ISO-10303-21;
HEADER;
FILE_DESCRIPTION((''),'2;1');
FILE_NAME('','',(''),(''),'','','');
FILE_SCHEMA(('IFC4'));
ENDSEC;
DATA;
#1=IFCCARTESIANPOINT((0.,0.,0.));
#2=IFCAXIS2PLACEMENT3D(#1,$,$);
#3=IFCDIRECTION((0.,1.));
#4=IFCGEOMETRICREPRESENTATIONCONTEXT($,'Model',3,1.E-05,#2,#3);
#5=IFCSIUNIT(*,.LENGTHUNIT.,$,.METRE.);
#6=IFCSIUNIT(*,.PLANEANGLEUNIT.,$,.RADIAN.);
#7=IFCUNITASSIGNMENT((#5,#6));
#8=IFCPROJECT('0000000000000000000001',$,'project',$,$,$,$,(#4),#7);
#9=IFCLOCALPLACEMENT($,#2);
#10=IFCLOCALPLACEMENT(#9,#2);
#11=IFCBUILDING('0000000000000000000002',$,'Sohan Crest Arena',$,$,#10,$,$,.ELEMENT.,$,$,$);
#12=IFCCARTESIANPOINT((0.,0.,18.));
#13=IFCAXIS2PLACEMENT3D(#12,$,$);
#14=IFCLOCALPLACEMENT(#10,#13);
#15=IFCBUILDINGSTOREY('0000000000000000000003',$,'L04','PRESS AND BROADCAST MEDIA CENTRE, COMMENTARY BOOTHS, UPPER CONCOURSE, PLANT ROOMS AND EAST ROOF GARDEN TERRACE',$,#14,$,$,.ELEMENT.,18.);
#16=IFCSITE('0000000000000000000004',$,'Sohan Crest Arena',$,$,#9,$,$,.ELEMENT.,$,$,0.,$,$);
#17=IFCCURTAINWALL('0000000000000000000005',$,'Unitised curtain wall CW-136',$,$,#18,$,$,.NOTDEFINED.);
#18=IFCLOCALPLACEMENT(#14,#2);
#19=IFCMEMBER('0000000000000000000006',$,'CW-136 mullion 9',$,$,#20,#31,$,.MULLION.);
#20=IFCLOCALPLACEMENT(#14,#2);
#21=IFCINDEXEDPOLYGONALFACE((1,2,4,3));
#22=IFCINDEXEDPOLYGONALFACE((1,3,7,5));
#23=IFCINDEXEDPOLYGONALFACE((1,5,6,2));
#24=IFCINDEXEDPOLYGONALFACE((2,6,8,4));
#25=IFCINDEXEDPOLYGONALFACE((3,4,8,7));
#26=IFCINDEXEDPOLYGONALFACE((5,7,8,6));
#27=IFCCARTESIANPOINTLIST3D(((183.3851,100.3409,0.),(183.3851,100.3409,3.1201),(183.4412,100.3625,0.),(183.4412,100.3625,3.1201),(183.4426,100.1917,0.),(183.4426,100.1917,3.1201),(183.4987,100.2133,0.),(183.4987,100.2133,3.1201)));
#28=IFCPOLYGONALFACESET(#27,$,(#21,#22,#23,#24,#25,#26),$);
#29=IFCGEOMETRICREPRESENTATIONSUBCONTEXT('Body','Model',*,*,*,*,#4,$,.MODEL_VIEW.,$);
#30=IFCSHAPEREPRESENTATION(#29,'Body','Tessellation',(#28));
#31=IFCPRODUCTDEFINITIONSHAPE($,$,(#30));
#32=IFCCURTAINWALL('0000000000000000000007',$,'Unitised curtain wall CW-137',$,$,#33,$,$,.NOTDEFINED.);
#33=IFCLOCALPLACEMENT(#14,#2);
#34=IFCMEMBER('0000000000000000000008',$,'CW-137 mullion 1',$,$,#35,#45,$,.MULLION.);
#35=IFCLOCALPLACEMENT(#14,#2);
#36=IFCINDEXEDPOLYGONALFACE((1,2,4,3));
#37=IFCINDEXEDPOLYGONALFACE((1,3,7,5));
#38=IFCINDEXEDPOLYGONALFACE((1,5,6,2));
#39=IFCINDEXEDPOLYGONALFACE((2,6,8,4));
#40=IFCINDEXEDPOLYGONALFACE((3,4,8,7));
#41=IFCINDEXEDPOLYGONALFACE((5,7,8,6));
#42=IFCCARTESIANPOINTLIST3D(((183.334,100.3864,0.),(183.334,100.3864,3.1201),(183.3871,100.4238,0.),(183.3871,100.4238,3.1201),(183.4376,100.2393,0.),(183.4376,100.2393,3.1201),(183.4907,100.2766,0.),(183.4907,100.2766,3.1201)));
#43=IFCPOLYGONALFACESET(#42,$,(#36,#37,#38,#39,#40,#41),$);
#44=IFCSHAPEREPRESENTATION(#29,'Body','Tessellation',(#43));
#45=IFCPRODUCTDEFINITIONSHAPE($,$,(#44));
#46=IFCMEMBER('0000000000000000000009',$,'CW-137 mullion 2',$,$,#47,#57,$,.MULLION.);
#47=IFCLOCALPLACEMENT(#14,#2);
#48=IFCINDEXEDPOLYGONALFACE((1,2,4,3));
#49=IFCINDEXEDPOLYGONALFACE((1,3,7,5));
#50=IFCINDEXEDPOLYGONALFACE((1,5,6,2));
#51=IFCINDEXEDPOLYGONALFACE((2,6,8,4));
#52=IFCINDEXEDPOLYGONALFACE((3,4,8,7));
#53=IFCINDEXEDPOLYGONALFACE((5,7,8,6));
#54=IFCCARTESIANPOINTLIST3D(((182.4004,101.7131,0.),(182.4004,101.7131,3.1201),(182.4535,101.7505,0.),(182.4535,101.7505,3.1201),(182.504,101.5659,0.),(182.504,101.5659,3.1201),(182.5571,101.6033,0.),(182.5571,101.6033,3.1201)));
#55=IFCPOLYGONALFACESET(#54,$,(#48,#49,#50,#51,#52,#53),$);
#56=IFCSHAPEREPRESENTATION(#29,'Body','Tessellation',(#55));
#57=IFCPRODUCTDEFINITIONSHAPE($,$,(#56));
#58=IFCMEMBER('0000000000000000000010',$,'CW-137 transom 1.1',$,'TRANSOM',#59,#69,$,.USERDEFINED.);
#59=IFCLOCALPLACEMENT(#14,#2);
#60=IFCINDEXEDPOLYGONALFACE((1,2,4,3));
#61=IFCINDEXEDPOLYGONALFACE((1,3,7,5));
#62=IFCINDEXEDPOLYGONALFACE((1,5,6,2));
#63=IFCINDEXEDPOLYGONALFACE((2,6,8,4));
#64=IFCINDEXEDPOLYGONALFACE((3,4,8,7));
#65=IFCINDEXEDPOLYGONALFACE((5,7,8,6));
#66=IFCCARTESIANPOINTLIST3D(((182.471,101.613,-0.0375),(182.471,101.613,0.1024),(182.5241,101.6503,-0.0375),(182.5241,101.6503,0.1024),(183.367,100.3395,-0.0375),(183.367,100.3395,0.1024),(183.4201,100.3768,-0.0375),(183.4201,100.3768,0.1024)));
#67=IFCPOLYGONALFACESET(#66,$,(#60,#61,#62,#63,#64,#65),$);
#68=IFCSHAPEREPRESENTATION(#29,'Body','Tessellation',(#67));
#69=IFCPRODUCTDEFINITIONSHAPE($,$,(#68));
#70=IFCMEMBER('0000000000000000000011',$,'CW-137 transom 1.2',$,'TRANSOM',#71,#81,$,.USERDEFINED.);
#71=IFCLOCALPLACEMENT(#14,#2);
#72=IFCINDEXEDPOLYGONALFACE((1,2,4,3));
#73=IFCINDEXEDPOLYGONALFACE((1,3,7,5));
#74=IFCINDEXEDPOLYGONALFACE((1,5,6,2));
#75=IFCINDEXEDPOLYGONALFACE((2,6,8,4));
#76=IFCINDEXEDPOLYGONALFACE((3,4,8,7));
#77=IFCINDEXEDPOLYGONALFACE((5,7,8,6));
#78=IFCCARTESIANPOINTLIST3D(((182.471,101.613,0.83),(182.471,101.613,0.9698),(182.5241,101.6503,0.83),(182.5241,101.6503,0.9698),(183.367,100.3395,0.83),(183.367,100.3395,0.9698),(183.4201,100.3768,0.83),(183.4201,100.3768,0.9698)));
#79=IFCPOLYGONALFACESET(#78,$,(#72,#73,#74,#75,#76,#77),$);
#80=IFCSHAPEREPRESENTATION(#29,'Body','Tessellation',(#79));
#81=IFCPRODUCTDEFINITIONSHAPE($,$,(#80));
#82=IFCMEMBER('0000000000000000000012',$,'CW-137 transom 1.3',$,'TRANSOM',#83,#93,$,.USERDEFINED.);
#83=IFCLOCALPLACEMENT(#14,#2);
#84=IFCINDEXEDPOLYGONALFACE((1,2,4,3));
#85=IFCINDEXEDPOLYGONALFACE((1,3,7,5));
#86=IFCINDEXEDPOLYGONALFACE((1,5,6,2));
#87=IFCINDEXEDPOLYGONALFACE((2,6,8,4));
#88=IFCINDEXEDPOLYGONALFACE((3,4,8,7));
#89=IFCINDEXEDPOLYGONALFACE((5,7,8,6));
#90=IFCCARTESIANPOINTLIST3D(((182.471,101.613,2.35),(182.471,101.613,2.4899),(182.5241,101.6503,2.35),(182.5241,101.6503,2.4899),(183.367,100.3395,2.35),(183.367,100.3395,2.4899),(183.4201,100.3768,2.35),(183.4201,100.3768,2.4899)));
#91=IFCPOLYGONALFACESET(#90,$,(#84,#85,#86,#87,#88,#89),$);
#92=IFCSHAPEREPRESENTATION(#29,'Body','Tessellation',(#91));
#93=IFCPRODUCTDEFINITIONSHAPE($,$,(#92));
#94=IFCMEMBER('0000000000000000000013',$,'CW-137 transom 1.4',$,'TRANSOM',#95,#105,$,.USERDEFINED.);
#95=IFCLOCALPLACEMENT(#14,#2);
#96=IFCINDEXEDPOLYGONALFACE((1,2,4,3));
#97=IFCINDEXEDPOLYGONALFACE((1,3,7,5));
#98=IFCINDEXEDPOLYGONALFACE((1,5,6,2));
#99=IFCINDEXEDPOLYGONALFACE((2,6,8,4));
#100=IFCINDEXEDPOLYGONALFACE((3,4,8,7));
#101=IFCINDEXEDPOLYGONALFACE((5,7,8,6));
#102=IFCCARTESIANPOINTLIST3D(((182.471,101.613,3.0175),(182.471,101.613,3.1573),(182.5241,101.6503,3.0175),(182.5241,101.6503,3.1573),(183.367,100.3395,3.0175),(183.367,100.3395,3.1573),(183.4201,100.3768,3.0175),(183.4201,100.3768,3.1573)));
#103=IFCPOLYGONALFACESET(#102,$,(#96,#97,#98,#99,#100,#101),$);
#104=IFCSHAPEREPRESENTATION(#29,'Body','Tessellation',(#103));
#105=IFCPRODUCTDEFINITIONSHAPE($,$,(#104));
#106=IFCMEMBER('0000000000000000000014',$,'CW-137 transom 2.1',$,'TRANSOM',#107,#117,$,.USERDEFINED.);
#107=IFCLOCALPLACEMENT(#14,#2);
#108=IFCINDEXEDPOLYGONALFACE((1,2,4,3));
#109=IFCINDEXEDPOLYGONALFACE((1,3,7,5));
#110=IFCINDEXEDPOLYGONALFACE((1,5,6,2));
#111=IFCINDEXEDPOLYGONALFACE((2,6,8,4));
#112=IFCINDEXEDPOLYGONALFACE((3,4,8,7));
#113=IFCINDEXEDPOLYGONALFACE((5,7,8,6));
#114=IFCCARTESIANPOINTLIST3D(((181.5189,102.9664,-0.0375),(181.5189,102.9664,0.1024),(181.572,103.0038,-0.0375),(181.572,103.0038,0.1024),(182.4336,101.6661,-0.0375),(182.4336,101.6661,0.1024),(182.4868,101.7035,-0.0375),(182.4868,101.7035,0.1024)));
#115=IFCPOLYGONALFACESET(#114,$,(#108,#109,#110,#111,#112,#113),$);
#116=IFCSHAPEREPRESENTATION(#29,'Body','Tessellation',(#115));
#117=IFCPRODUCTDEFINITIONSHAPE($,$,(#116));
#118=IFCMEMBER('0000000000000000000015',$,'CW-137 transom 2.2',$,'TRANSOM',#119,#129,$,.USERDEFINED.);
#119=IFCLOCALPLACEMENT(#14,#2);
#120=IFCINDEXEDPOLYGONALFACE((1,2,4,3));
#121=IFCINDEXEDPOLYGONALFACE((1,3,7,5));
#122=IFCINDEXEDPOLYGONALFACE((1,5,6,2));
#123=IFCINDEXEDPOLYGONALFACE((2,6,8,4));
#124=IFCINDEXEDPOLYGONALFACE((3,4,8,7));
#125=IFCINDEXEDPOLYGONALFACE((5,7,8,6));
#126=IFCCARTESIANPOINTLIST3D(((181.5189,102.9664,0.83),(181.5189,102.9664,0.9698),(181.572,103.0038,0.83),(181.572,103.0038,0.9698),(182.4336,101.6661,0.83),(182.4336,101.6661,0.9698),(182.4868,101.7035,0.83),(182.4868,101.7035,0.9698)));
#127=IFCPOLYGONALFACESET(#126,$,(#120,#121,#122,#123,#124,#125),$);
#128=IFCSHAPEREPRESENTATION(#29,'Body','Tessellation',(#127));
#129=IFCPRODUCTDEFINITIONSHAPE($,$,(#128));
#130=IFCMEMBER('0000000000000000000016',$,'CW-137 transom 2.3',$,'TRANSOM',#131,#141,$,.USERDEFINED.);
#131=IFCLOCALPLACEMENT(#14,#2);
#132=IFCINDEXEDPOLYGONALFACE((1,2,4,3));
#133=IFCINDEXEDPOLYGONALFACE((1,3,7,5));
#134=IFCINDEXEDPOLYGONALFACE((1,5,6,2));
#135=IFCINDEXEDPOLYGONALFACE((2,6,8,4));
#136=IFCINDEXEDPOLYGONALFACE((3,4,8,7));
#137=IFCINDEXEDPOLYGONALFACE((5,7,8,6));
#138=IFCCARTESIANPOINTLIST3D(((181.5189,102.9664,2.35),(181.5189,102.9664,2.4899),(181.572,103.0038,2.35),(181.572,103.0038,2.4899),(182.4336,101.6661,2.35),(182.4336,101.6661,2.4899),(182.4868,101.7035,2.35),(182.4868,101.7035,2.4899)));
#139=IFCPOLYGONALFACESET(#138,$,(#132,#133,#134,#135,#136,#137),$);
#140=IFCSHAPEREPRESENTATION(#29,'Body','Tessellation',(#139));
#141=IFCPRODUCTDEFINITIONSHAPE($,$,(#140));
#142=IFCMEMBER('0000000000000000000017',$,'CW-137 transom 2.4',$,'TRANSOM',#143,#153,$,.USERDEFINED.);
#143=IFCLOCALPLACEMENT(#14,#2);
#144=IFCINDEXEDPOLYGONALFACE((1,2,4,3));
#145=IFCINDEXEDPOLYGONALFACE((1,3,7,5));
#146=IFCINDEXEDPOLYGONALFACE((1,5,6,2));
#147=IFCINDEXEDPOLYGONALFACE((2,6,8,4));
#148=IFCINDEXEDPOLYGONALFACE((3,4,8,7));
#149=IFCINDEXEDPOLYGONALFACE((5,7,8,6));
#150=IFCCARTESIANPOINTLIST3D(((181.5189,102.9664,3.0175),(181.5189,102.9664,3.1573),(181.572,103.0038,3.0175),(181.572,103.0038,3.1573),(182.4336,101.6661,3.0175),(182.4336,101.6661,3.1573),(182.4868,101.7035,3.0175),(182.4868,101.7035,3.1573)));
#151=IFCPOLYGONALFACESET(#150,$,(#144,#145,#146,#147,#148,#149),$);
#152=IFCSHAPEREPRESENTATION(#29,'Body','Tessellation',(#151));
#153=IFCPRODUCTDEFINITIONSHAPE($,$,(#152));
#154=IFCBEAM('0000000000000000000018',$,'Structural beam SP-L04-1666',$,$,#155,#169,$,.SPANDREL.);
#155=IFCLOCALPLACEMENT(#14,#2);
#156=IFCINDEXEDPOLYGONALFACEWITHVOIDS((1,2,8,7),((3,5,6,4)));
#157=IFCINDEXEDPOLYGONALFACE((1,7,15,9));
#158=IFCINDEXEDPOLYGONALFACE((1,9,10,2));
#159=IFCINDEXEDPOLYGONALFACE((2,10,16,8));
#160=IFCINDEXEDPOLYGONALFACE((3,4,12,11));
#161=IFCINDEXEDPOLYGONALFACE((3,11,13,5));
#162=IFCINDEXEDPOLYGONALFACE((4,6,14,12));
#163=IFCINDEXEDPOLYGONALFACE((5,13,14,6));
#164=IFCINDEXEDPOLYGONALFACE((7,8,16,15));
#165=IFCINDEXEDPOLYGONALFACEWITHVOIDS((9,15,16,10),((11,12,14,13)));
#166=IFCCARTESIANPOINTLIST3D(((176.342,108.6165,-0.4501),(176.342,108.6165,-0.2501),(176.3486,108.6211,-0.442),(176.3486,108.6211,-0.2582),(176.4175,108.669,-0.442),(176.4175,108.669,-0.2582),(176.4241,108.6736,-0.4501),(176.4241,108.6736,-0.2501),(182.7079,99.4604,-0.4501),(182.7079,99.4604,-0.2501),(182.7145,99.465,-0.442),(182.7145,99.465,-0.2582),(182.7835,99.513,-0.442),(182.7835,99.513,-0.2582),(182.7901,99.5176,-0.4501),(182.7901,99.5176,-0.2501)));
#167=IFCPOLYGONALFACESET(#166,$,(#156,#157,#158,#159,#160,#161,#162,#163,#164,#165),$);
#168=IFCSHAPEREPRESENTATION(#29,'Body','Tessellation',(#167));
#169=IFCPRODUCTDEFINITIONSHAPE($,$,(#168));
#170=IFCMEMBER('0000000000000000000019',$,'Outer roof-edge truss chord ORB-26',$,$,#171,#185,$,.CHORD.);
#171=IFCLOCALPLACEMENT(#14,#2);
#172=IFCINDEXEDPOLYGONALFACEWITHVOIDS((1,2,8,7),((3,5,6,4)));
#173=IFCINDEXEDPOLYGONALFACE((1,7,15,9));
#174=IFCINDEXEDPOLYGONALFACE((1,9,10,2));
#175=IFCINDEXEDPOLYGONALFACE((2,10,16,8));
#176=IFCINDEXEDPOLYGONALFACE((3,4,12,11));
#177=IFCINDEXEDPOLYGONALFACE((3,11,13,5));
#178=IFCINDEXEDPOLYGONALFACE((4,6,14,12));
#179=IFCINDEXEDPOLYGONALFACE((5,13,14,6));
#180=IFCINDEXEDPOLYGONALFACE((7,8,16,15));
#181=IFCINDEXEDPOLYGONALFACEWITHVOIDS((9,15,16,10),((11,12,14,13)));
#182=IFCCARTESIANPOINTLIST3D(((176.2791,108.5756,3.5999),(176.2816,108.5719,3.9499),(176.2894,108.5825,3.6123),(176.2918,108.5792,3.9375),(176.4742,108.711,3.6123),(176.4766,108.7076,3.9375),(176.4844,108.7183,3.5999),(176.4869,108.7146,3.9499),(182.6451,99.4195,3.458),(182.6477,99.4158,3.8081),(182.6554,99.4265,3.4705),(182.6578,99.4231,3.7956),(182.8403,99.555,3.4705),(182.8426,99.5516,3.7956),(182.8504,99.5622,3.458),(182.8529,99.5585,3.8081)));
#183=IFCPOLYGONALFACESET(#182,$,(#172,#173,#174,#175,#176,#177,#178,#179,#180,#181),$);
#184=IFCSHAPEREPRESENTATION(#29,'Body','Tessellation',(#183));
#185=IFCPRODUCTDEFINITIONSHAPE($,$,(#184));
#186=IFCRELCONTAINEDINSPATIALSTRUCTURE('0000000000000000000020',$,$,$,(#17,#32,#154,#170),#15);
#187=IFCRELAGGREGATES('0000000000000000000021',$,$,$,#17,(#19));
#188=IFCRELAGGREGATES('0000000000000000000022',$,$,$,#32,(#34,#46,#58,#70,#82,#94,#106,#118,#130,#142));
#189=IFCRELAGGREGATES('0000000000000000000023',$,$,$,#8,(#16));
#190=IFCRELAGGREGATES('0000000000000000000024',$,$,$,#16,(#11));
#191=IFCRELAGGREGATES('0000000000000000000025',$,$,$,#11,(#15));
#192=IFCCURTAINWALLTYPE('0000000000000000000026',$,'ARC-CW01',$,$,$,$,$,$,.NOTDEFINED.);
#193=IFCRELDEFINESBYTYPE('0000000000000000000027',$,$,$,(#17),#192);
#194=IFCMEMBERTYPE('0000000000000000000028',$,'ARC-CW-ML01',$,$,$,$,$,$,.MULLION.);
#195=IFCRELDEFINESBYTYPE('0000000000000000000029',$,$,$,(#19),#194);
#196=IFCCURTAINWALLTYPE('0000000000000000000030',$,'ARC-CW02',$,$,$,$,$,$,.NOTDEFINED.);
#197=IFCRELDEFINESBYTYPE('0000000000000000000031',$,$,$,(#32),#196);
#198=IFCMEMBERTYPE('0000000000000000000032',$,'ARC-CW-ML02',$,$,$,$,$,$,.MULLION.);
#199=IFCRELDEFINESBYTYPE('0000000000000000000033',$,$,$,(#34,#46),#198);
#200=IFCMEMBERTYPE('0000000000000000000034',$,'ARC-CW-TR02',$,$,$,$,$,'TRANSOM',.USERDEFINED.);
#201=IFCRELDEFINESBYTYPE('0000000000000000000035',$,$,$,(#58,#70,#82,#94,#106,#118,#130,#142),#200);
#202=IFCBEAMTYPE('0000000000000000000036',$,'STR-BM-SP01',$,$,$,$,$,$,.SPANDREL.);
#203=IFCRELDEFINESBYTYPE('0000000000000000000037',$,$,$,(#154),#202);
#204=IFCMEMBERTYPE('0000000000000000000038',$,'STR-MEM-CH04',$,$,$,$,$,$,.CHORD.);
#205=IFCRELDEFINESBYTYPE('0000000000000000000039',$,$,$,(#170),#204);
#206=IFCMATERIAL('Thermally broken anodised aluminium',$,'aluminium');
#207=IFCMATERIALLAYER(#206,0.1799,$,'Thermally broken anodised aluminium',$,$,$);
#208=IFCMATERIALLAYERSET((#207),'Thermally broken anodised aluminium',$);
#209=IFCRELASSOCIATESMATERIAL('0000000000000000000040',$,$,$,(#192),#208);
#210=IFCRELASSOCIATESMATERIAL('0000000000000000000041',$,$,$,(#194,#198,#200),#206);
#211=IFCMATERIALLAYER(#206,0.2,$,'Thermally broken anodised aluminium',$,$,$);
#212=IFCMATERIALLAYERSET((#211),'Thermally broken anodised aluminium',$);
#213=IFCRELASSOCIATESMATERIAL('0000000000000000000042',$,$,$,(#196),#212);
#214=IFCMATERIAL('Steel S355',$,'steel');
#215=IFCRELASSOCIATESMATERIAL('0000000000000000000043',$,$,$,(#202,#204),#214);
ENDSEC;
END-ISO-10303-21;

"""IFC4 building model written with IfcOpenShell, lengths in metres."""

from ifc_helpers import new_model, si_unit, direction, frame, origin, origin_2d, place, context, subcontext, project, spatial, rectangle, hollow_rectangle, extrude, material, layer, layer_set, material_profile, profile_set, type_object, element, aggregate, save


model = new_model("IFC4")

# Units and contexts
model_context = context("Model", 3, precision=1e-05, world=origin(), true_north=direction((0.0, 1.0)))
body_context = subcontext(model_context, "Body", "Model", "MODEL_VIEW")
ifc_project = project(units=[si_unit("LENGTHUNIT", "METRE"), si_unit("PLANEANGLEUNIT", "RADIAN")], contexts=[model_context])

# Site, building, storey
site_placement = place(None, origin())
site = spatial("IfcSite", under=ifc_project, at=site_placement, Name="Sohan Crest Arena", CompositionType="ELEMENT", RefElevation=0.0)
building_placement = place(site_placement, origin())
building = spatial("IfcBuilding", under=site, at=building_placement, Name="Sohan Crest Arena", CompositionType="ELEMENT")
storey_placement = place(building_placement, frame((0.0, 0.0, 18.0)))
storey = spatial("IfcBuildingStorey", under=building, at=storey_placement, Name="L04", Description="PRESS AND BROADCAST MEDIA CENTRE, COMMENTARY BOOTHS, UPPER CONCOURSE, PLANT ROOMS AND EAST ROOF GARDEN TERRACE", CompositionType="ELEMENT", Elevation=18.0)

# Curtain wall, member
ifc_material_1 = material(Name="Thermally broken anodised aluminium", Category="aluminium")
ifc_layer_1 = layer(ifc_material_1, 0.1799, Name="Thermally broken anodised aluminium")
ifc_layer_set_1 = layer_set([ifc_layer_1], Name="Thermally broken anodised aluminium")
curtain_wall_type_1 = type_object("IfcCurtainWallType", Name="ARC-CW01", PredefinedType="NOTDEFINED", material=ifc_layer_set_1)
curtain_wall_1_placement = place(storey_placement, origin())
curtain_wall_1 = element("IfcCurtainWall", 1, at=curtain_wall_1_placement, inside=storey, type_object=curtain_wall_type_1, Name="Unitised curtain wall CW-136", PredefinedType="NOTDEFINED")
ifc_material_profile_1 = material_profile(ifc_material_1, rectangle(XDim=0.0601, YDim=0.1599, at=origin_2d()), Name="ALU-MULL 60x160")
ifc_profile_set_1 = profile_set([ifc_material_profile_1], Name="Thermally broken anodised aluminium")
member_type_1 = type_object("IfcMemberType", Name="ARC-CW-ML01", PredefinedType="MULLION", material=ifc_profile_set_1)
member_1_placement = place(storey_placement, frame((183.4419, 100.2771, 0.0), z_axis=(0.0, 0.0, 1.0), x_axis=(-0.933094, -0.359633, 0.0)))
member_1 = element("IfcMember", 2, at=member_1_placement, type_object=member_type_1, Name="CW-136 mullion 9", PredefinedType="MULLION", context=body_context, shape_type="SweptSolid", body=[
    extrude(rectangle(XDim=0.0601, YDim=0.1599, at=origin_2d()), origin(), (0.0, 0.0, 1.0), 3.1201),
])

# Curtain wall, members
ifc_layer_2 = layer(ifc_material_1, 0.2, Name="Thermally broken anodised aluminium")
ifc_layer_set_2 = layer_set([ifc_layer_2], Name="Thermally broken anodised aluminium")
curtain_wall_type_2 = type_object("IfcCurtainWallType", Name="ARC-CW02", PredefinedType="NOTDEFINED", material=ifc_layer_set_2)
curtain_wall_2_placement = place(storey_placement, origin())
curtain_wall_2 = element("IfcCurtainWall", 3, at=curtain_wall_2_placement, inside=storey, type_object=curtain_wall_type_2, Name="Unitised curtain wall CW-137", PredefinedType="NOTDEFINED")
ifc_material_profile_2 = material_profile(ifc_material_1, rectangle(XDim=0.0649, YDim=0.1799, at=origin_2d()), Name="ALU-MULL 65x180")
ifc_profile_set_2 = profile_set([ifc_material_profile_2], Name="Thermally broken anodised aluminium")
member_type_2 = type_object("IfcMemberType", Name="ARC-CW-ML02", PredefinedType="MULLION", material=ifc_profile_set_2)
member_2_placement = place(storey_placement, frame((183.4124, 100.3315, 0.0), z_axis=(0.0, 0.0, 1.0), x_axis=(-0.817855, -0.575425, 0.0)))
member_2 = element("IfcMember", 4, at=member_2_placement, type_object=member_type_2, Name="CW-137 mullion 1", PredefinedType="MULLION", context=body_context, shape_type="SweptSolid", body=[
    extrude(rectangle(XDim=0.0649, YDim=0.1799, at=origin_2d()), origin(), (0.0, 0.0, 1.0), 3.1201),
])
member_3_placement = place(storey_placement, frame((182.4788, 101.6582, 0.0), z_axis=(0.0, 0.0, 1.0), x_axis=(-0.817855, -0.575425, 0.0)))
member_3 = element("IfcMember", 5, at=member_3_placement, type_object=member_type_2, Name="CW-137 mullion 2", PredefinedType="MULLION", context=body_context, shape_type="SweptSolid", body=[
    extrude(rectangle(XDim=0.0649, YDim=0.1799, at=origin_2d()), origin(), (0.0, 0.0, 1.0), 3.1201),
])
ifc_material_profile_3 = material_profile(ifc_material_1, rectangle(XDim=0.0649, YDim=0.1399, at=origin_2d()), Name="ALU-TRAN 65x140")
ifc_profile_set_3 = profile_set([ifc_material_profile_3], Name="Thermally broken anodised aluminium")
member_type_3 = type_object("IfcMemberType", Name="ARC-CW-TR02", ElementType="TRANSOM", PredefinedType="USERDEFINED", material=ifc_profile_set_3)
member_4_placement = place(storey_placement, frame((183.3936, 100.3582, 0.0325), z_axis=(-0.575439, 0.817845, 0.0), x_axis=(-0.817845, -0.575439, 0.0)))
member_4 = element("IfcMember", 6, at=member_4_placement, type_object=member_type_3, Name="CW-137 transom 1.1", ObjectType="TRANSOM", PredefinedType="USERDEFINED", context=body_context, shape_type="SweptSolid", body=[
    extrude(rectangle(XDim=0.0649, YDim=0.1399, at=origin_2d()), origin(), (0.0, 0.0, 1.0), 1.5571),
])
member_5_placement = place(storey_placement, frame((183.3936, 100.3582, 0.8999), z_axis=(-0.575439, 0.817845, 0.0), x_axis=(-0.817845, -0.575439, 0.0)))
member_5 = element("IfcMember", 7, at=member_5_placement, type_object=member_type_3, Name="CW-137 transom 1.2", ObjectType="TRANSOM", PredefinedType="USERDEFINED", context=body_context, shape_type="SweptSolid", body=[
    extrude(rectangle(XDim=0.0649, YDim=0.1399, at=origin_2d()), origin(), (0.0, 0.0, 1.0), 1.5571),
])
member_6_placement = place(storey_placement, frame((183.3936, 100.3582, 2.4199), z_axis=(-0.575439, 0.817845, 0.0), x_axis=(-0.817845, -0.575439, 0.0)))
member_6 = element("IfcMember", 8, at=member_6_placement, type_object=member_type_3, Name="CW-137 transom 1.3", ObjectType="TRANSOM", PredefinedType="USERDEFINED", context=body_context, shape_type="SweptSolid", body=[
    extrude(rectangle(XDim=0.0649, YDim=0.1399, at=origin_2d()), origin(), (0.0, 0.0, 1.0), 1.5571),
])
member_7_placement = place(storey_placement, frame((183.3936, 100.3582, 3.0874), z_axis=(-0.575439, 0.817845, 0.0), x_axis=(-0.817845, -0.575439, 0.0)))
member_7 = element("IfcMember", 9, at=member_7_placement, type_object=member_type_3, Name="CW-137 transom 1.4", ObjectType="TRANSOM", PredefinedType="USERDEFINED", context=body_context, shape_type="SweptSolid", body=[
    extrude(rectangle(XDim=0.0649, YDim=0.1399, at=origin_2d()), origin(), (0.0, 0.0, 1.0), 1.5571),
])
member_8_placement = place(storey_placement, frame((182.4602, 101.6848, 0.0325), z_axis=(-0.575398, 0.817873, 0.0), x_axis=(-0.817873, -0.575398, 0.0)))
member_8 = element("IfcMember", 10, at=member_8_placement, type_object=member_type_3, Name="CW-137 transom 2.1", ObjectType="TRANSOM", PredefinedType="USERDEFINED", context=body_context, shape_type="SweptSolid", body=[
    extrude(rectangle(XDim=0.0649, YDim=0.1399, at=origin_2d()), origin(), (0.0, 0.0, 1.0), 1.5898),
])
member_9_placement = place(storey_placement, frame((182.4602, 101.6848, 0.8999), z_axis=(-0.575398, 0.817873, 0.0), x_axis=(-0.817873, -0.575398, 0.0)))
member_9 = element("IfcMember", 11, at=member_9_placement, type_object=member_type_3, Name="CW-137 transom 2.2", ObjectType="TRANSOM", PredefinedType="USERDEFINED", context=body_context, shape_type="SweptSolid", body=[
    extrude(rectangle(XDim=0.0649, YDim=0.1399, at=origin_2d()), origin(), (0.0, 0.0, 1.0), 1.5898),
])
member_10_placement = place(storey_placement, frame((182.4602, 101.6848, 2.4199), z_axis=(-0.575398, 0.817873, 0.0), x_axis=(-0.817873, -0.575398, 0.0)))
member_10 = element("IfcMember", 12, at=member_10_placement, type_object=member_type_3, Name="CW-137 transom 2.3", ObjectType="TRANSOM", PredefinedType="USERDEFINED", context=body_context, shape_type="SweptSolid", body=[
    extrude(rectangle(XDim=0.0649, YDim=0.1399, at=origin_2d()), origin(), (0.0, 0.0, 1.0), 1.5898),
])
member_11_placement = place(storey_placement, frame((182.4602, 101.6848, 3.0874), z_axis=(-0.575398, 0.817873, 0.0), x_axis=(-0.817873, -0.575398, 0.0)))
member_11 = element("IfcMember", 13, at=member_11_placement, type_object=member_type_3, Name="CW-137 transom 2.4", ObjectType="TRANSOM", PredefinedType="USERDEFINED", context=body_context, shape_type="SweptSolid", body=[
    extrude(rectangle(XDim=0.0649, YDim=0.1399, at=origin_2d()), origin(), (0.0, 0.0, 1.0), 1.5898),
])

# Beam
ifc_material_2 = material(Name="Steel S355", Category="steel")
ifc_material_profile_4 = material_profile(ifc_material_2, hollow_rectangle(XDim=0.1001, YDim=0.2, WallThickness=0.0081, at=origin_2d()), Name="RHS 200x100x8")
ifc_profile_set_4 = profile_set([ifc_material_profile_4], Name="Steel S355")
beam_type = type_object("IfcBeamType", Name="STR-BM-SP01", PredefinedType="SPANDREL", material=ifc_profile_set_4)
beam_placement = place(storey_placement, frame((182.749, 99.489, -0.3501), z_axis=(-0.570857, 0.821049, 0.0), x_axis=(-0.821049, -0.570857, 0.0)))
element("IfcBeam", 14, at=beam_placement, inside=storey, type_object=beam_type, Name="Structural beam SP-L04-1666", PredefinedType="SPANDREL", context=body_context, shape_type="SweptSolid", body=[
    extrude(hollow_rectangle(XDim=0.1001, YDim=0.2, WallThickness=0.0081, at=origin_2d()), origin(), (0.0, 0.0, 1.0), 11.1516),
])

# Member
ifc_material_profile_5 = material_profile(ifc_material_2, hollow_rectangle(XDim=0.25, YDim=0.3501, WallThickness=0.0125, at=origin_2d()), Name="RHS 350x250x12.5")
ifc_profile_set_5 = profile_set([ifc_material_profile_5], Name="Steel S355")
member_type_4 = type_object("IfcMemberType", Name="STR-MEM-CH04", PredefinedType="CHORD", material=ifc_profile_set_5)
member_12_placement = place(storey_placement, frame((182.749, 99.489, 3.6331), z_axis=(-0.570811, 0.820983, 0.012719), x_axis=(-0.821049, -0.570857, 0.0)))
element("IfcMember", 15, at=member_12_placement, inside=storey, type_object=member_type_4, Name="Outer roof-edge truss chord ORB-26", PredefinedType="CHORD", context=body_context, shape_type="SweptSolid", body=[
    extrude(hollow_rectangle(XDim=0.25, YDim=0.3501, WallThickness=0.0125, at=origin_2d()), origin(), (0.0, 0.0, 1.0), 11.1526),
])

aggregate(curtain_wall_1, [member_1])
aggregate(curtain_wall_2, [member_2, member_3, member_4, member_5, member_6, member_7, member_8, member_9, member_10, member_11])

save(model, "model.ifc")
